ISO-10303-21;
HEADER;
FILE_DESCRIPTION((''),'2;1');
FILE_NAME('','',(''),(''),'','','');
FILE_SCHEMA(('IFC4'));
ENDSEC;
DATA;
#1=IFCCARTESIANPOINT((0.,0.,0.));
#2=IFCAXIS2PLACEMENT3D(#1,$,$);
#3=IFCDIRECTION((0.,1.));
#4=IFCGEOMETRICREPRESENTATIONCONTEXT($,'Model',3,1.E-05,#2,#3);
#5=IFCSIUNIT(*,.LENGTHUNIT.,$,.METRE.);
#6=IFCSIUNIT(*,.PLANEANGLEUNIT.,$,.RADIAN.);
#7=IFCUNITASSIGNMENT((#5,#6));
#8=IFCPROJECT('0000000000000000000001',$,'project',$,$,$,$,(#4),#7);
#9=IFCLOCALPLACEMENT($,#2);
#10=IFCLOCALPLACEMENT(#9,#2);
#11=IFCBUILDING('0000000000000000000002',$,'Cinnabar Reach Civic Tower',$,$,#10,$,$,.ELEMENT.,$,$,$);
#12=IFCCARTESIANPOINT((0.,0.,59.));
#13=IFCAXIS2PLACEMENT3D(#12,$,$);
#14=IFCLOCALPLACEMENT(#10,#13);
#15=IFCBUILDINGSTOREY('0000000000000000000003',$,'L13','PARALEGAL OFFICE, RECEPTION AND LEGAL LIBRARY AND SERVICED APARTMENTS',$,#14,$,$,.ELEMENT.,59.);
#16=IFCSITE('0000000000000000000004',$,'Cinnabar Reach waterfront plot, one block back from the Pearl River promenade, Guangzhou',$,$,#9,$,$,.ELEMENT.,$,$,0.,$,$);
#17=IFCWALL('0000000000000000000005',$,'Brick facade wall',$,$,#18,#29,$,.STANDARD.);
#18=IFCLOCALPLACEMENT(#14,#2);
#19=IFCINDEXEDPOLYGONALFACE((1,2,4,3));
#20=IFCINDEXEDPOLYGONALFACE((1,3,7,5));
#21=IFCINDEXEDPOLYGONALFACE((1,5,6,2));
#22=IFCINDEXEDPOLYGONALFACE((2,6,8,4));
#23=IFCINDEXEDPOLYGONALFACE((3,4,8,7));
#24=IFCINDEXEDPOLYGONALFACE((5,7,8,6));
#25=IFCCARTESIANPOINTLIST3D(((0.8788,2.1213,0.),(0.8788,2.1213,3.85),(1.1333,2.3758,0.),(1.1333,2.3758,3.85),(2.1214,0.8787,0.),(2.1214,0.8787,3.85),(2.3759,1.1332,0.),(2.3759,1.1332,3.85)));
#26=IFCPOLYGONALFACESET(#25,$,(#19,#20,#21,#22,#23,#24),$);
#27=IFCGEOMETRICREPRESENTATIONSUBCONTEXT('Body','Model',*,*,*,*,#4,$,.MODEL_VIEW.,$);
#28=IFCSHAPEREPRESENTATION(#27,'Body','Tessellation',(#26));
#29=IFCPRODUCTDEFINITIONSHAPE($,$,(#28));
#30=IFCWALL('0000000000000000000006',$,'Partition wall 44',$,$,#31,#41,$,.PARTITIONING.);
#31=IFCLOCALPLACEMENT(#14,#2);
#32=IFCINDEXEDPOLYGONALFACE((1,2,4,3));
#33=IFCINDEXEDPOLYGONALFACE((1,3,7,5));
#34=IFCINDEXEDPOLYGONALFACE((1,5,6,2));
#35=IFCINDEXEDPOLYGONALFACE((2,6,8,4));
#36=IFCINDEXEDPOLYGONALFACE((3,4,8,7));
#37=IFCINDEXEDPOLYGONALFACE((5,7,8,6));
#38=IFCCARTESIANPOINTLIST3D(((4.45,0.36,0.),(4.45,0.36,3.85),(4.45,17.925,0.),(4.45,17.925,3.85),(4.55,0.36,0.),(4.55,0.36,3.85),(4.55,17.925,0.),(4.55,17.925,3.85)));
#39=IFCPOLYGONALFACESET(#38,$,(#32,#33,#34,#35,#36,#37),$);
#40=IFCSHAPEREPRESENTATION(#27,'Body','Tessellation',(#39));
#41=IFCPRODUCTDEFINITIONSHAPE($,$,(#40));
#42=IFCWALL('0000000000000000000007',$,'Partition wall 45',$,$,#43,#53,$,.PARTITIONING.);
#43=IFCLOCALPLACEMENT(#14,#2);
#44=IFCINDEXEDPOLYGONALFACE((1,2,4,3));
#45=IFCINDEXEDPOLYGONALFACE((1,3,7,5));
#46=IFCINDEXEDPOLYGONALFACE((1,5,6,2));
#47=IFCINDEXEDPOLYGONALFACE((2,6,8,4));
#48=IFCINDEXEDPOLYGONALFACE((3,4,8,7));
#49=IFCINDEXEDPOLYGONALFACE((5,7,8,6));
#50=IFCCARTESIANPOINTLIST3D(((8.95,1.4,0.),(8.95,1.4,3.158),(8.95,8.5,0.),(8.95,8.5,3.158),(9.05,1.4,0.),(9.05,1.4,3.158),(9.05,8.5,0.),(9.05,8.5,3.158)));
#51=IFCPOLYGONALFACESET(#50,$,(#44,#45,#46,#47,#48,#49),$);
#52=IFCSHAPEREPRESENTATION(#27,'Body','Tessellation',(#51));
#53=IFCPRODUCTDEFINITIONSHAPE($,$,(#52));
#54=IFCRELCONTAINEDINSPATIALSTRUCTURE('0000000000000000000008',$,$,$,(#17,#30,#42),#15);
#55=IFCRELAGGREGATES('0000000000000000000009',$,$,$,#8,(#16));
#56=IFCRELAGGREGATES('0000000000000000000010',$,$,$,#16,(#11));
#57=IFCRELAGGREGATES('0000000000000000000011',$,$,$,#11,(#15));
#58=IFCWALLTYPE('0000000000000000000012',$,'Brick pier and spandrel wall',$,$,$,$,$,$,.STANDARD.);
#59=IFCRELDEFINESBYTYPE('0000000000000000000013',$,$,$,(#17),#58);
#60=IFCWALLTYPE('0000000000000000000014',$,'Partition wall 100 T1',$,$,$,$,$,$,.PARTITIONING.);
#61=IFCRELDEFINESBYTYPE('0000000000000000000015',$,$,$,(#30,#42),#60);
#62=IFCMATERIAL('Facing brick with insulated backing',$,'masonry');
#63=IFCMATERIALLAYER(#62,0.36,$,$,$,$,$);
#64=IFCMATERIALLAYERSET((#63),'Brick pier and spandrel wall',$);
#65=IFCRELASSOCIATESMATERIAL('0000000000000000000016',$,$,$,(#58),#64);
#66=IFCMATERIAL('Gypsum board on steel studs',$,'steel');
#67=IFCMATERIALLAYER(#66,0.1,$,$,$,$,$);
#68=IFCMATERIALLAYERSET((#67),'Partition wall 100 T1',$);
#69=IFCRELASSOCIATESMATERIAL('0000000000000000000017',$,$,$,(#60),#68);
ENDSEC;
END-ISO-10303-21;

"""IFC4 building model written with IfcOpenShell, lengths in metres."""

from ifc_helpers import new_model, si_unit, direction, frame, frame_2d, origin, place, context, subcontext, project, spatial, rectangle, extrude, material, layer, layer_set, type_object, element, save


model = new_model("IFC4")

# Units and contexts
model_context = context("Model", 3, precision=1e-05, world=origin(), true_north=direction((0.0, 1.0)))
body_context = subcontext(model_context, "Body", "Model", "MODEL_VIEW")
ifc_project = project(units=[si_unit("LENGTHUNIT", "METRE"), si_unit("PLANEANGLEUNIT", "RADIAN")], contexts=[model_context])

# Site, building, storey
site_placement = place(None, origin())
site = spatial("IfcSite", under=ifc_project, at=site_placement, Name="Cinnabar Reach waterfront plot, one block back from the Pearl River promenade, Guangzhou", CompositionType="ELEMENT", RefElevation=0.0)
building_placement = place(site_placement, origin())
building = spatial("IfcBuilding", under=site, at=building_placement, Name="Cinnabar Reach Civic Tower", CompositionType="ELEMENT")
storey_placement = place(building_placement, frame((0.0, 0.0, 59.0)))
storey = spatial("IfcBuildingStorey", under=building, at=storey_placement, Name="L13", Description="PARALEGAL OFFICE, RECEPTION AND LEGAL LIBRARY AND SERVICED APARTMENTS", CompositionType="ELEMENT", Elevation=59.0)

# Shared definitions
ifc_material_1 = material(Name="Facing brick with insulated backing", Category="masonry")

# Shared definitions
ifc_layer_1 = layer(ifc_material_1, 0.36)
ifc_layer_set_1 = layer_set([ifc_layer_1], Name="Brick pier and spandrel wall")
wall_type_1 = type_object("IfcWallType", Name="Brick pier and spandrel wall", PredefinedType="STANDARD", material=ifc_layer_set_1)

# Walls
wall_1_placement = place(storey_placement, frame((1.006, 2.2486, 0.0), z_axis=(0.0, 0.0, 1.0), x_axis=(0.707107, -0.707107, 0.0)))
element("IfcWall", 1, at=wall_1_placement, inside=storey, type_object=wall_type_1, Name="Brick facade wall", PredefinedType="STANDARD", context=body_context, shape_type="SweptSolid", body=[
    extrude(rectangle(XDim=1.7573, YDim=0.36, at=frame_2d((0.8787, 0.0))), origin(), (0.0, 0.0, 1.0), 3.85),
])
ifc_material_2 = material(Name="Gypsum board on steel studs", Category="steel")
ifc_layer_2 = layer(ifc_material_2, 0.1)
ifc_layer_set_2 = layer_set([ifc_layer_2], Name="Partition wall 100 T1")
wall_type_2 = type_object("IfcWallType", Name="Partition wall 100 T1", PredefinedType="PARTITIONING", material=ifc_layer_set_2)
wall_2_placement = place(storey_placement, frame((4.5, 0.36, 0.0), z_axis=(0.0, 0.0, 1.0), x_axis=(0.0, 1.0, 0.0)))
element("IfcWall", 2, at=wall_2_placement, inside=storey, type_object=wall_type_2, Name="Partition wall 44", PredefinedType="PARTITIONING", context=body_context, shape_type="SweptSolid", body=[
    extrude(rectangle(XDim=17.565, YDim=0.1, at=frame_2d((8.7825, 0.0))), origin(), (0.0, 0.0, 1.0), 3.85),
])
wall_3_placement = place(storey_placement, frame((9.0, 1.4, 0.0), z_axis=(0.0, 0.0, 1.0), x_axis=(0.0, 1.0, 0.0)))
element("IfcWall", 3, at=wall_3_placement, inside=storey, type_object=wall_type_2, Name="Partition wall 45", PredefinedType="PARTITIONING", context=body_context, shape_type="SweptSolid", body=[
    extrude(rectangle(XDim=7.1, YDim=0.1, at=frame_2d((3.55, 0.0))), origin(), (0.0, 0.0, 1.0), 3.158),
])

save(model, "model.ifc")
